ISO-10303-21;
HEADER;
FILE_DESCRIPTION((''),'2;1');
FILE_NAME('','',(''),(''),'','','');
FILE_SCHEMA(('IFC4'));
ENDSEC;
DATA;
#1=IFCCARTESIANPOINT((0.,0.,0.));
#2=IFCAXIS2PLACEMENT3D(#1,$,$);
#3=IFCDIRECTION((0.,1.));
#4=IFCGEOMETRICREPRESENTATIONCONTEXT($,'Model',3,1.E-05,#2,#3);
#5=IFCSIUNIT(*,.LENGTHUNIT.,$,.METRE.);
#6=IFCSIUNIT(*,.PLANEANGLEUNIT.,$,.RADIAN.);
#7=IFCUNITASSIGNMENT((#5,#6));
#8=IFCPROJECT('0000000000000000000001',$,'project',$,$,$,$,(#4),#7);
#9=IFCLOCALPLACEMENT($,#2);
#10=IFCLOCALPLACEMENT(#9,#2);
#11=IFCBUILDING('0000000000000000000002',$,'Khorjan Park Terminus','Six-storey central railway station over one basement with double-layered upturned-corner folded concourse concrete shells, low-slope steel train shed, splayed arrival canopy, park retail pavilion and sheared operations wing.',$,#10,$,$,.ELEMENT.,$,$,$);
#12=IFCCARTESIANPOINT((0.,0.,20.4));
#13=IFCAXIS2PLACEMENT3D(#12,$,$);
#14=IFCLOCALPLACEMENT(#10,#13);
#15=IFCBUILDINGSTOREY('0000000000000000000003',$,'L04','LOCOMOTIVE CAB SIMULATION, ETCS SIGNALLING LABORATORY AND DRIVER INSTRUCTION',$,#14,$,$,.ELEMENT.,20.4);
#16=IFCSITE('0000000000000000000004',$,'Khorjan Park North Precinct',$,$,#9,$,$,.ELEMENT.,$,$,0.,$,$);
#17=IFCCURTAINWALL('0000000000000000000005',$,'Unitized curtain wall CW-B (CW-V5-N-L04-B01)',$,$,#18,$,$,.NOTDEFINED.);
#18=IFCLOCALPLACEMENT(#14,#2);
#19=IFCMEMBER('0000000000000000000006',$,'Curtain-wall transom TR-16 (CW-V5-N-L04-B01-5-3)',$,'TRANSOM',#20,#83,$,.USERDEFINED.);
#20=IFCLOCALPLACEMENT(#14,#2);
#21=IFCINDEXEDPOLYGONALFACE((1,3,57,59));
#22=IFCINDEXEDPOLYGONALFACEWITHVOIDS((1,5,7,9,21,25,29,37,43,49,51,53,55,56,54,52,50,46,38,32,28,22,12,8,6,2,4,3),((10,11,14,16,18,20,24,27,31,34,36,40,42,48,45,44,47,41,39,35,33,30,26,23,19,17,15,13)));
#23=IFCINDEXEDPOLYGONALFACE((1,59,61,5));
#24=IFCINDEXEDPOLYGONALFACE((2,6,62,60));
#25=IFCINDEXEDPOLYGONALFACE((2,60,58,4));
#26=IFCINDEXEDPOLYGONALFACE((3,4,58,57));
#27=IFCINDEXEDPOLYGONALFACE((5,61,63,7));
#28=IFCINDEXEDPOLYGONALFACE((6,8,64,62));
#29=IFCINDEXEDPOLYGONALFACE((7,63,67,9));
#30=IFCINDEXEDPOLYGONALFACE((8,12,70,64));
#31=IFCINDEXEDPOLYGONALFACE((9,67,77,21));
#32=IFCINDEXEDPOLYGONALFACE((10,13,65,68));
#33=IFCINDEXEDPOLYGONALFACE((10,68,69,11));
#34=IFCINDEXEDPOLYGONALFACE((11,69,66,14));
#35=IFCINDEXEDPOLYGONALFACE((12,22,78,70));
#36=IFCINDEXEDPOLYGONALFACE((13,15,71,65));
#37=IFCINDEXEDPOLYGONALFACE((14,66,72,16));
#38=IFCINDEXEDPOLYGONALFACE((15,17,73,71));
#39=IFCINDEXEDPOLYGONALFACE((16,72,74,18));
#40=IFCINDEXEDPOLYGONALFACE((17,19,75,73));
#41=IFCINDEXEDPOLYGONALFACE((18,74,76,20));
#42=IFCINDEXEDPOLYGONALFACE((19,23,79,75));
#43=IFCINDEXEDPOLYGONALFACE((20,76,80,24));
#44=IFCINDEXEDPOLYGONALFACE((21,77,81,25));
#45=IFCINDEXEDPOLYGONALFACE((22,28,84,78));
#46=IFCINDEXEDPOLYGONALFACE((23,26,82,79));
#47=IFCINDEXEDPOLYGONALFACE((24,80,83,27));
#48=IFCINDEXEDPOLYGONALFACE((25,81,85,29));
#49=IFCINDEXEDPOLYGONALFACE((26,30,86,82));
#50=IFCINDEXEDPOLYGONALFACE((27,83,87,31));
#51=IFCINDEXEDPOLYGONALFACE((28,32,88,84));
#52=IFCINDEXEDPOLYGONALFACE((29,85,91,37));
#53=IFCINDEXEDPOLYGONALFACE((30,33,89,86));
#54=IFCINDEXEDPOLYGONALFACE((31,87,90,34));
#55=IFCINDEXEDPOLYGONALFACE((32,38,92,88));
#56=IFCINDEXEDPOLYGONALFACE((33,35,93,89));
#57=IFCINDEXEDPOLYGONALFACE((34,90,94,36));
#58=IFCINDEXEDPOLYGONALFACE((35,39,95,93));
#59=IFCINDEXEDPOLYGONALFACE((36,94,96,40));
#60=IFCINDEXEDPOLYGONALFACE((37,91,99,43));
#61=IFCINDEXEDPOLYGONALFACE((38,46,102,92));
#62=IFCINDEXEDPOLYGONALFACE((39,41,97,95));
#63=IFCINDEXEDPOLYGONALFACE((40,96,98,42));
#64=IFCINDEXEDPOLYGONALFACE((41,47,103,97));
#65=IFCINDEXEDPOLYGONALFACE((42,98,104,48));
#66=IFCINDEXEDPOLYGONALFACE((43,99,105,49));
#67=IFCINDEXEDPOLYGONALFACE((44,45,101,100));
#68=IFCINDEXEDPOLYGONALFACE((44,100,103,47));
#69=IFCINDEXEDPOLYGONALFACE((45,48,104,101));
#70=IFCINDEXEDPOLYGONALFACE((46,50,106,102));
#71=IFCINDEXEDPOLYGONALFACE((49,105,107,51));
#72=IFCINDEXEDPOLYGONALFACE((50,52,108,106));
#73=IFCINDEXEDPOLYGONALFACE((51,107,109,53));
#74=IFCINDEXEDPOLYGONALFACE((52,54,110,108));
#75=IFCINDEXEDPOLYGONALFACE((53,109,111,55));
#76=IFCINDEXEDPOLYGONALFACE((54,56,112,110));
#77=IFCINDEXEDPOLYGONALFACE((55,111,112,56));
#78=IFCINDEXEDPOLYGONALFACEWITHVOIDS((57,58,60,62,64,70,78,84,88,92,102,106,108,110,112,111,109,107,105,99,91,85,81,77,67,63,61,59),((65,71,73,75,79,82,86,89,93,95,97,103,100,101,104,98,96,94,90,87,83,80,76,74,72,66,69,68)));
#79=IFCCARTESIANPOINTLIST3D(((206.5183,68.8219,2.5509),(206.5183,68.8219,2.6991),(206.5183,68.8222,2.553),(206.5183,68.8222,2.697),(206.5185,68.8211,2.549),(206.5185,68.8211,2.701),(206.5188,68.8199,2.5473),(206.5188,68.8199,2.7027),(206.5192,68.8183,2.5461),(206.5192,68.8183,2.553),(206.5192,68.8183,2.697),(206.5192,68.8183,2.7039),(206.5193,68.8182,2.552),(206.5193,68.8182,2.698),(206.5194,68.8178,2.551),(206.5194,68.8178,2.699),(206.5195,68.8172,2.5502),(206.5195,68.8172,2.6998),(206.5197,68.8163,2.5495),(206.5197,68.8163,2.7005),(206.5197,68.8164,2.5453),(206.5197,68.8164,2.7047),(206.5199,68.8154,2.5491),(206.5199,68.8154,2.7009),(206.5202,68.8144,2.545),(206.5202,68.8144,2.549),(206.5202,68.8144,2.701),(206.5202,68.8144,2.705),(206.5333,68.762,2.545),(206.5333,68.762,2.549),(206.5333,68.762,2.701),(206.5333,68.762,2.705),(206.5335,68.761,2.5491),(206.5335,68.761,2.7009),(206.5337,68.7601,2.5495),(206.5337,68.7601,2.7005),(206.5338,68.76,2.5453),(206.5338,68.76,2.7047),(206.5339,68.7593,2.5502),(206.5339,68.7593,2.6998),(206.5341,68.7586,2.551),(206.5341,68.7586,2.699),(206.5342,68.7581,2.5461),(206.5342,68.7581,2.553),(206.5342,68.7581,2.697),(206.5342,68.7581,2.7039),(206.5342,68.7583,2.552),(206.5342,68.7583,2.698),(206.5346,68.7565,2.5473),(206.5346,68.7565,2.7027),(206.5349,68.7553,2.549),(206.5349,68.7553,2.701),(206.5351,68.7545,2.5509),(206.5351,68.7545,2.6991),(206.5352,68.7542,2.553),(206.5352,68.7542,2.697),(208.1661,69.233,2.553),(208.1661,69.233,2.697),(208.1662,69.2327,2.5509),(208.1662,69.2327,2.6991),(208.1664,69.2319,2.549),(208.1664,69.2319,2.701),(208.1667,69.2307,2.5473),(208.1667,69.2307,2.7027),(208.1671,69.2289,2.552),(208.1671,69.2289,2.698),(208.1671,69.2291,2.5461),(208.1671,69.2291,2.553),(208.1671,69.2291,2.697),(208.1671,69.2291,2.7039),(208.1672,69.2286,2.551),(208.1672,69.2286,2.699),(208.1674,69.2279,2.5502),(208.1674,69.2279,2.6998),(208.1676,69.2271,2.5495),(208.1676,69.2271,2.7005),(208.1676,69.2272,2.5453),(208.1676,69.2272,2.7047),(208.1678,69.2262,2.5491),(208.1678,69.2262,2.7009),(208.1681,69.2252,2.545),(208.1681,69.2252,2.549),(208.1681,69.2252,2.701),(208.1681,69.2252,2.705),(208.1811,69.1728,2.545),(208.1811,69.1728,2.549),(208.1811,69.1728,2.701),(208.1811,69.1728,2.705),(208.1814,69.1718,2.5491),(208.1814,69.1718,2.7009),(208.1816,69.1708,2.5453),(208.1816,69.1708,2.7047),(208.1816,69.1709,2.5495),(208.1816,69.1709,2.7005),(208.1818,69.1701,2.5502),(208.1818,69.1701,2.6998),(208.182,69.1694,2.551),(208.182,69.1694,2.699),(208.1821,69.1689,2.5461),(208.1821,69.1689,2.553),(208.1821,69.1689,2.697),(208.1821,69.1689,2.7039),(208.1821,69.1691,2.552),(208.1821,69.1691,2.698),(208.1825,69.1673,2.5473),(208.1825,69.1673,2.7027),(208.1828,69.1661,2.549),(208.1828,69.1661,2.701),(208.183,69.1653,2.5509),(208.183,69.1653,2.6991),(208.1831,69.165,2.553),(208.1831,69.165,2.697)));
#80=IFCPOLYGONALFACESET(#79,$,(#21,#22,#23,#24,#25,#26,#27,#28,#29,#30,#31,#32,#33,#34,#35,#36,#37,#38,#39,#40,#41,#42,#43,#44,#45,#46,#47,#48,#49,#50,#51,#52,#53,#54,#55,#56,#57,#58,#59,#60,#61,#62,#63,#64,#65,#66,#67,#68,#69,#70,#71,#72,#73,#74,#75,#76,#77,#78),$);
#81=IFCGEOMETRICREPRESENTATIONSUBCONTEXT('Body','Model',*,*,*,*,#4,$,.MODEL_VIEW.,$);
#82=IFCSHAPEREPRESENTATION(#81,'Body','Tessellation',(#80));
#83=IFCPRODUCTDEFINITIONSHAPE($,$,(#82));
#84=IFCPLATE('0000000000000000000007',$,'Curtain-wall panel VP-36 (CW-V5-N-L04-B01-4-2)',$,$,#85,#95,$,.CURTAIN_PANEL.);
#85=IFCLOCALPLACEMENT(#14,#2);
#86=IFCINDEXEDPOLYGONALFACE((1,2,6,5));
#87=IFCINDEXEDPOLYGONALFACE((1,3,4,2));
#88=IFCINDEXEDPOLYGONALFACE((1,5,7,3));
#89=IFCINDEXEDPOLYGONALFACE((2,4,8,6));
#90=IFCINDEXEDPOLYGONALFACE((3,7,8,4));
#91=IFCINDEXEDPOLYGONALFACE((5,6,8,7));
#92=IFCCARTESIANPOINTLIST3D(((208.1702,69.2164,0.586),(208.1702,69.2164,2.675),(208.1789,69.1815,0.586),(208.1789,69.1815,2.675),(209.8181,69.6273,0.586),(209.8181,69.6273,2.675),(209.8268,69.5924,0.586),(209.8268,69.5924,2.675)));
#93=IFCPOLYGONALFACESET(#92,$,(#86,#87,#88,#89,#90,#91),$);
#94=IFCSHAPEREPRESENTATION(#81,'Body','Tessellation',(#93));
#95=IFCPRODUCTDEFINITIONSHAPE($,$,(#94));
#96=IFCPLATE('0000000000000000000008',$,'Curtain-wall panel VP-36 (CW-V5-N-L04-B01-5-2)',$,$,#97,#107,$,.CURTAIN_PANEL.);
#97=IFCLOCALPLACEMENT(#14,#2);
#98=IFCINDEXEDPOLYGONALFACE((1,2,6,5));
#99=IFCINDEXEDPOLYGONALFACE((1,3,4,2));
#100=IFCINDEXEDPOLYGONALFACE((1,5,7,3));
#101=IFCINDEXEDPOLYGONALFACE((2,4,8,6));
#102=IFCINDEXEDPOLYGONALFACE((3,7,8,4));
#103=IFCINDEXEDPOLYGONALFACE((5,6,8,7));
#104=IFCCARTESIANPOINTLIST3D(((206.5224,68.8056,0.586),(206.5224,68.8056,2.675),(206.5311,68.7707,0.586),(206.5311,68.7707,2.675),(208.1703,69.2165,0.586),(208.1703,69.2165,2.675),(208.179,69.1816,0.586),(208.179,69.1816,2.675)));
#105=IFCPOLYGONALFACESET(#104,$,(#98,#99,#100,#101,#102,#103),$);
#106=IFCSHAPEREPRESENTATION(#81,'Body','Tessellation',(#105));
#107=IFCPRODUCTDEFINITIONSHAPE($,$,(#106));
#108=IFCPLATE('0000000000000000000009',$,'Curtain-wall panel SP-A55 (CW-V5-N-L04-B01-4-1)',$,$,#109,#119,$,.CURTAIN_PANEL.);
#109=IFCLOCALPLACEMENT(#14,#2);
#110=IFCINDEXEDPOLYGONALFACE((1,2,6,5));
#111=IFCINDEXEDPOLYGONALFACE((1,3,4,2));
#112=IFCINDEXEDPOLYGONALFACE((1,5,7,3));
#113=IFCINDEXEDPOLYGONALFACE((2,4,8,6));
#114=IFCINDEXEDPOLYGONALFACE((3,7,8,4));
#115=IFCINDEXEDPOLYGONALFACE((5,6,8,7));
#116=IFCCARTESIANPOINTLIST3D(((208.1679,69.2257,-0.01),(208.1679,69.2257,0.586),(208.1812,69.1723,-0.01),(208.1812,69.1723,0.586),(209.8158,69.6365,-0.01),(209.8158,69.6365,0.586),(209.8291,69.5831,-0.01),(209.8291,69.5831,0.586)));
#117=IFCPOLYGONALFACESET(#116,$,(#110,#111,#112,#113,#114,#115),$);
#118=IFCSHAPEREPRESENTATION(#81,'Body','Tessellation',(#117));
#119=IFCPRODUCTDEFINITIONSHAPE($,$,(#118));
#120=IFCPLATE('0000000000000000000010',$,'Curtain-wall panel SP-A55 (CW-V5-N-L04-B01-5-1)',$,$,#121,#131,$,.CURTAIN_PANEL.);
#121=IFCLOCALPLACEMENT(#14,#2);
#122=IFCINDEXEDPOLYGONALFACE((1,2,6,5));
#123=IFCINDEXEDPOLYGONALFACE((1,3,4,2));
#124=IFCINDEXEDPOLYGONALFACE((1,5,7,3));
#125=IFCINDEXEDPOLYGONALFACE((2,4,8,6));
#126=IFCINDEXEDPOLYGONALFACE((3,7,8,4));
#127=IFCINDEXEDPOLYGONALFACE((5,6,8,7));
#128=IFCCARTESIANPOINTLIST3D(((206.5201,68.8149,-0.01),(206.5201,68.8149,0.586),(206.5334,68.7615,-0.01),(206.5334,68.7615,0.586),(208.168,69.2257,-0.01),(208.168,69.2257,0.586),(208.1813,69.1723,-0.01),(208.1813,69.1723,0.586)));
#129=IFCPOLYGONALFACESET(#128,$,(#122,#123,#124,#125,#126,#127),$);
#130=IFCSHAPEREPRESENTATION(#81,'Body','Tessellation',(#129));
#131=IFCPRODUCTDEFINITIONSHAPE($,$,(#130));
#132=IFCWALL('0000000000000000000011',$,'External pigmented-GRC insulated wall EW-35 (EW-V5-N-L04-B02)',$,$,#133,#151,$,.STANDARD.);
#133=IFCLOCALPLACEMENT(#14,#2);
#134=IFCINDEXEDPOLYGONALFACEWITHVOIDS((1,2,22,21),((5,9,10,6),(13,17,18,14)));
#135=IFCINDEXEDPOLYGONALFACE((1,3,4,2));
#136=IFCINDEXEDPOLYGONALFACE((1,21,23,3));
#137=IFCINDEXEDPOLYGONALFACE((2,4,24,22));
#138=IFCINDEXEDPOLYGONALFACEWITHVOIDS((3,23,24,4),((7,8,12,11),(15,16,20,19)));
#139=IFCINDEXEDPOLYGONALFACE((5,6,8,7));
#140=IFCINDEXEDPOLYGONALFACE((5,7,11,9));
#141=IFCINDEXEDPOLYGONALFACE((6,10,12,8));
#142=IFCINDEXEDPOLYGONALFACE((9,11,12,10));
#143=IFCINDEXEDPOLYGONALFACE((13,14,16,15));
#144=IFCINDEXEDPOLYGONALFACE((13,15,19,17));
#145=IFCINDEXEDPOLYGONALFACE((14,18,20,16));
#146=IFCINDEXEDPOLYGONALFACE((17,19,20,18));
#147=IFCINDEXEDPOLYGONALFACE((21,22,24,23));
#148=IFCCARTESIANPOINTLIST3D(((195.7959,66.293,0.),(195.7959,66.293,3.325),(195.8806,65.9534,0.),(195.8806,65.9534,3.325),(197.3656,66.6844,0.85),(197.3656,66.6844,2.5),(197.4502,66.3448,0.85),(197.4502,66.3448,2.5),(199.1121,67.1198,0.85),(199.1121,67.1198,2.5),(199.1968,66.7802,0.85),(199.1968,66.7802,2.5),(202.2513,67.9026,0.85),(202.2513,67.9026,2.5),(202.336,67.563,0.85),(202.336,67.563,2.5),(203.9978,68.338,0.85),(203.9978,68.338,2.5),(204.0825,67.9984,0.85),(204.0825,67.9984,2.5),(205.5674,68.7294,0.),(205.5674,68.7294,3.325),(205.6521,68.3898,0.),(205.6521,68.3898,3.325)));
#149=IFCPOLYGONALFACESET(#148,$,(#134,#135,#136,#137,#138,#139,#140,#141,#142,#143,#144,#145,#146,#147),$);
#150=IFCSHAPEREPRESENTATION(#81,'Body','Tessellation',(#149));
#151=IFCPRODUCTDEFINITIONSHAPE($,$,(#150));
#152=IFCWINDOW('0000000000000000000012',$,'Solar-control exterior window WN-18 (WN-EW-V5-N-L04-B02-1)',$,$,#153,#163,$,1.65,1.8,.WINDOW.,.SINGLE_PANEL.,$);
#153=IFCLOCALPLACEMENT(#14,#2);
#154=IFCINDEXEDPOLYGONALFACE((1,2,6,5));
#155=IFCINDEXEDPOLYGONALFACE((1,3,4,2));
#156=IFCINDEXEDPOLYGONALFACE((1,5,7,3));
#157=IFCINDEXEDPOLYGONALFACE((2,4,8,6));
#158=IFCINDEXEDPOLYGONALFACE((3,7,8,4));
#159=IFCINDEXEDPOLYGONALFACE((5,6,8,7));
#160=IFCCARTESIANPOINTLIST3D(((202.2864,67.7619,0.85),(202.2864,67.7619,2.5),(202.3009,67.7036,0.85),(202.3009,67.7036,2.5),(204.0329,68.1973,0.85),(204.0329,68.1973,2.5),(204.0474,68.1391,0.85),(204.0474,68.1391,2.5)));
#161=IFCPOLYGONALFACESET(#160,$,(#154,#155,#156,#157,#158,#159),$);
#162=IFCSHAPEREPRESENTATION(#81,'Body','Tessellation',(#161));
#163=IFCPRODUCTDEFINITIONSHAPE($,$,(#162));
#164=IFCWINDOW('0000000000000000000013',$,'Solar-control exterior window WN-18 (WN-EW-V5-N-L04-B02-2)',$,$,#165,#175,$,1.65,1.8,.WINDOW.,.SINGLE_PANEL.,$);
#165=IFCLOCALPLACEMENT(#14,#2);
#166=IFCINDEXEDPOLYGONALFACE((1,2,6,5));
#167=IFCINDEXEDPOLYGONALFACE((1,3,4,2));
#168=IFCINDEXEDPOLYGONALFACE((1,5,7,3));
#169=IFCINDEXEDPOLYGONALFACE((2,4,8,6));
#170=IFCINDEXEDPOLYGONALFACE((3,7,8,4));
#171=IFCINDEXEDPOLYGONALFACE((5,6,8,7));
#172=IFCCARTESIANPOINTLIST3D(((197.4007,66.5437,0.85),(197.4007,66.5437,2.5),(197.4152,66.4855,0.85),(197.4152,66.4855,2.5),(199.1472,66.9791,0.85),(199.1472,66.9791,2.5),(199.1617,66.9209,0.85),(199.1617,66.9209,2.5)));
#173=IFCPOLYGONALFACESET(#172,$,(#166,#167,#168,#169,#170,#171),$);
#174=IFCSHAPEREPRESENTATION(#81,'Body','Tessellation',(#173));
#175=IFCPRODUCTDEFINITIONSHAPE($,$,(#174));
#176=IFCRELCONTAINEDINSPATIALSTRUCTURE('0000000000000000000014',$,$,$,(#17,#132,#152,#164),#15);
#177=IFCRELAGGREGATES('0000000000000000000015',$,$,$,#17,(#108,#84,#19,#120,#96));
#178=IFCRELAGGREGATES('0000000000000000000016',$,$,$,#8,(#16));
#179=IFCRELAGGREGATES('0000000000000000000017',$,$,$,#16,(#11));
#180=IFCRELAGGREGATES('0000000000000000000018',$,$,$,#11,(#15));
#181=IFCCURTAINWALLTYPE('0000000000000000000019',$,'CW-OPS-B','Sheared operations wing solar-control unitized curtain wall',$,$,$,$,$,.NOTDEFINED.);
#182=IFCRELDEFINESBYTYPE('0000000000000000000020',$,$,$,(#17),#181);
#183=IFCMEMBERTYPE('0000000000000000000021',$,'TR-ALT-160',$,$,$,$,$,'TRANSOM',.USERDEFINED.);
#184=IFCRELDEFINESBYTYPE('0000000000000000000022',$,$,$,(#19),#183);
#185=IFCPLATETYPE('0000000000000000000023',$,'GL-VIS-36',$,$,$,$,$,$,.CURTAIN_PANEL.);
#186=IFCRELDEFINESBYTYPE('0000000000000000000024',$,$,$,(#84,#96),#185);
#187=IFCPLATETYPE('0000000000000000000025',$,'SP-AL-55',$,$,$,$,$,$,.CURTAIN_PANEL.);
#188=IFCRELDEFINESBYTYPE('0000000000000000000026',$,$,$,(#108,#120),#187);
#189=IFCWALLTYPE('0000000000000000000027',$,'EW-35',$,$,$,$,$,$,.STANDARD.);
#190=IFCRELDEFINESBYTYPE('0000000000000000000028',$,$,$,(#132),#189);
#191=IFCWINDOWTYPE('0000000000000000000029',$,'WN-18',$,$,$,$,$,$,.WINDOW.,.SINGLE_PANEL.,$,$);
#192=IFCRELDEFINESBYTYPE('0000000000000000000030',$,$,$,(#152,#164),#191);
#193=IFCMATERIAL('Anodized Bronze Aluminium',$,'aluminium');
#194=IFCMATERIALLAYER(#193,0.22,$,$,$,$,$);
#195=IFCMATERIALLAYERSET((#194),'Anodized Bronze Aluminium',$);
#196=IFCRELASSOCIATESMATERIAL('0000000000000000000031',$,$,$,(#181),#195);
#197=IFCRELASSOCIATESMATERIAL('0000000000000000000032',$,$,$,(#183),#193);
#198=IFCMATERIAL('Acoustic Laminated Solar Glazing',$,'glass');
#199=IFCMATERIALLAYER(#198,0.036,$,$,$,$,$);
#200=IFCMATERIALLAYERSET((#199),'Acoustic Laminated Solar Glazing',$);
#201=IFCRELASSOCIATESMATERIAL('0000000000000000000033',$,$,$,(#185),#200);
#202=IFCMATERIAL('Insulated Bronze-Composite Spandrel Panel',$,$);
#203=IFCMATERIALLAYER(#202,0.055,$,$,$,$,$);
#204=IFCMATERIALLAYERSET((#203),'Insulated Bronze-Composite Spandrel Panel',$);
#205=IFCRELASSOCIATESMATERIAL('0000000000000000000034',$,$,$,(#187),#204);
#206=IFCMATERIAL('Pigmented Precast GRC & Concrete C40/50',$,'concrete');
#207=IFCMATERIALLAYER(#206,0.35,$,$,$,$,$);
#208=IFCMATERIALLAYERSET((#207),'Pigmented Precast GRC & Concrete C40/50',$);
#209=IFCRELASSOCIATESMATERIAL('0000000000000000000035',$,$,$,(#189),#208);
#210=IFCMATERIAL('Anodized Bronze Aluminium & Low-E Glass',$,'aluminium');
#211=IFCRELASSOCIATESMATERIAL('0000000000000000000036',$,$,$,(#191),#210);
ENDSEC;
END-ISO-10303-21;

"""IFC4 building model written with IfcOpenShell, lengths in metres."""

from ifc_helpers import new_model, si_unit, direction, frame, frame_2d, origin, origin_2d, place, context, subcontext, project, spatial, rectangle, hollow_rectangle, extrude, material, layer, layer_set, material_profile, profile_set, type_object, element, fill, aggregate, save


model = new_model("IFC4")

# Units and contexts
model_context = context("Model", 3, precision=1e-05, world=origin(), true_north=direction((0.0, 1.0)))
body_context = subcontext(model_context, "Body", "Model", "MODEL_VIEW")
ifc_project = project(units=[si_unit("LENGTHUNIT", "METRE"), si_unit("PLANEANGLEUNIT", "RADIAN")], contexts=[model_context])

# Site, building, storey
site_placement = place(None, origin())
site = spatial("IfcSite", under=ifc_project, at=site_placement, Name="Khorjan Park North Precinct", CompositionType="ELEMENT", RefElevation=0.0)
building_placement = place(site_placement, origin())
building = spatial("IfcBuilding", under=site, at=building_placement, Name="Khorjan Park Terminus", Description="Six-storey central railway station over one basement with double-layered upturned-corner folded concourse concrete shells, low-slope steel train shed, splayed arrival canopy, park retail pavilion and sheared operations wing.", CompositionType="ELEMENT")
storey_placement = place(building_placement, frame((0.0, 0.0, 20.4)))
storey = spatial("IfcBuildingStorey", under=building, at=storey_placement, Name="L04", Description="LOCOMOTIVE CAB SIMULATION, ETCS SIGNALLING LABORATORY AND DRIVER INSTRUCTION", CompositionType="ELEMENT", Elevation=20.4)

# Curtain wall, member, plates
ifc_material_1 = material(Name="Anodized Bronze Aluminium", Category="aluminium")
ifc_layer_1 = layer(ifc_material_1, 0.22)
ifc_layer_set_1 = layer_set([ifc_layer_1], Name="Anodized Bronze Aluminium")
curtain_wall_type = type_object("IfcCurtainWallType", Name="CW-OPS-B", Description="Sheared operations wing solar-control unitized curtain wall", PredefinedType="NOTDEFINED", material=ifc_layer_set_1)
curtain_wall_placement = place(storey_placement, origin())
curtain_wall = element("IfcCurtainWall", 1, at=curtain_wall_placement, inside=storey, type_object=curtain_wall_type, Name="Unitized curtain wall CW-B (CW-V5-N-L04-B01)", PredefinedType="NOTDEFINED")
ifc_material_profile_1 = material_profile(ifc_material_1, hollow_rectangle(XDim=0.07, YDim=0.16, WallThickness=0.004, InnerFilletRadius=0.004, OuterFilletRadius=0.008, at=origin_2d()), Name="ALT 70x160x4")
ifc_profile_set_1 = profile_set([ifc_material_profile_1], Name="Anodized Bronze Aluminium")
member_type_1 = type_object("IfcMemberType", Name="TR-ALT-160", ElementType="TRANSOM", PredefinedType="USERDEFINED", material=ifc_profile_set_1)
member_1_placement = place(storey_placement, frame((208.1746, 69.199, 2.625), z_axis=(-0.970305, -0.241884, 0.0), x_axis=(0.241884, -0.970305, 0.0)))
member_1 = element("IfcMember", 2, at=member_1_placement, type_object=member_type_1, Name="Curtain-wall transom TR-16 (CW-V5-N-L04-B01-5-3)", ObjectType="TRANSOM", PredefinedType="USERDEFINED", context=body_context, shape_type="SweptSolid", body=[
    extrude(hollow_rectangle(XDim=0.07, YDim=0.16, WallThickness=0.004, InnerFilletRadius=0.004, OuterFilletRadius=0.008, at=origin_2d()), origin(), (0.0, 0.0, 1.0), 1.6983),
])
ifc_material_2 = material(Name="Acoustic Laminated Solar Glazing", Category="glass")
ifc_layer_2 = layer(ifc_material_2, 0.036)
ifc_layer_set_2 = layer_set([ifc_layer_2], Name="Acoustic Laminated Solar Glazing")
plate_type_1 = type_object("IfcPlateType", Name="GL-VIS-36", PredefinedType="CURTAIN_PANEL", material=ifc_layer_set_2)
plate_1_placement = place(storey_placement, frame((208.9985, 69.4044, 0.586), z_axis=(0.0, 0.0, 1.0), x_axis=(-0.970296, -0.241919, 0.0)))
plate_1 = element("IfcPlate", 3, at=plate_1_placement, type_object=plate_type_1, Name="Curtain-wall panel VP-36 (CW-V5-N-L04-B01-4-2)", PredefinedType="CURTAIN_PANEL", context=body_context, shape_type="SweptSolid", body=[
    extrude(rectangle(XDim=1.6983, YDim=0.036, at=origin_2d()), origin(), (0.0, 0.0, 1.0), 2.089),
])
plate_2_placement = place(storey_placement, frame((207.3507, 68.9936, 0.586), z_axis=(0.0, 0.0, 1.0), x_axis=(-0.970296, -0.241919, 0.0)))
plate_2 = element("IfcPlate", 4, at=plate_2_placement, type_object=plate_type_1, Name="Curtain-wall panel VP-36 (CW-V5-N-L04-B01-5-2)", PredefinedType="CURTAIN_PANEL", context=body_context, shape_type="SweptSolid", body=[
    extrude(rectangle(XDim=1.6983, YDim=0.036, at=origin_2d()), origin(), (0.0, 0.0, 1.0), 2.089),
])
ifc_material_3 = material(Name="Insulated Bronze-Composite Spandrel Panel")
ifc_layer_3 = layer(ifc_material_3, 0.055)
ifc_layer_set_3 = layer_set([ifc_layer_3], Name="Insulated Bronze-Composite Spandrel Panel")
plate_type_2 = type_object("IfcPlateType", Name="SP-AL-55", PredefinedType="CURTAIN_PANEL", material=ifc_layer_set_3)
plate_3_placement = place(storey_placement, frame((208.9985, 69.4044, -0.01), z_axis=(0.0, 0.0, 1.0), x_axis=(-0.970296, -0.241919, 0.0)))
plate_3 = element("IfcPlate", 5, at=plate_3_placement, type_object=plate_type_2, Name="Curtain-wall panel SP-A55 (CW-V5-N-L04-B01-4-1)", PredefinedType="CURTAIN_PANEL", context=body_context, shape_type="SweptSolid", body=[
    extrude(rectangle(XDim=1.6983, YDim=0.055, at=origin_2d()), origin(), (0.0, 0.0, 1.0), 0.596),
])
plate_4_placement = place(storey_placement, frame((207.3507, 68.9936, -0.01), z_axis=(0.0, 0.0, 1.0), x_axis=(-0.970296, -0.241919, 0.0)))
plate_4 = element("IfcPlate", 6, at=plate_4_placement, type_object=plate_type_2, Name="Curtain-wall panel SP-A55 (CW-V5-N-L04-B01-5-1)", PredefinedType="CURTAIN_PANEL", context=body_context, shape_type="SweptSolid", body=[
    extrude(rectangle(XDim=1.6983, YDim=0.055, at=origin_2d()), origin(), (0.0, 0.0, 1.0), 0.596),
])
aggregate(curtain_wall, [plate_3, plate_1, member_1, plate_4, plate_2])

# Wall, openings, windows
ifc_material_4 = material(Name="Pigmented Precast GRC & Concrete C40/50", Category="concrete")
ifc_layer_4 = layer(ifc_material_4, 0.35)
ifc_layer_set_4 = layer_set([ifc_layer_4], Name="Pigmented Precast GRC & Concrete C40/50")
wall_type = type_object("IfcWallType", Name="EW-35", PredefinedType="STANDARD", material=ifc_layer_set_4)
wall_placement = place(storey_placement, frame((205.6098, 68.5596, 0.0), z_axis=(0.0, 0.0, 1.0), x_axis=(-0.970294, -0.24193, 0.0)))
wall = element("IfcWall", 7, at=wall_placement, inside=storey, type_object=wall_type, Name="External pigmented-GRC insulated wall EW-35 (EW-V5-N-L04-B02)", PredefinedType="STANDARD", context=body_context, shape_type="SweptSolid", body=[
    extrude(rectangle(XDim=10.0707, YDim=0.35, at=frame_2d((5.0354, 0.0))), origin(), (0.0, 0.0, 1.0), 3.325),
])
opening_1_placement = place(wall_placement, frame((1.6177, 0.0, 0.85)))
opening_1 = element("IfcOpeningElement", 8, at=opening_1_placement, cuts=wall, PredefinedType="OPENING", context=body_context, shape_type="SweptSolid", body=[
    extrude(rectangle(XDim=1.8, YDim=1.65, at=frame_2d((0.9, 0.825))), frame((0.0, 0.185, 0.0), z_axis=(0.0, -1.0, 0.0), x_axis=(1.0, 0.0, 0.0)), (0.0, 0.0, 1.0), 0.37),
])
opening_2_placement = place(wall_placement, frame((6.653, 0.0, 0.85)))
opening_2 = element("IfcOpeningElement", 9, at=opening_2_placement, cuts=wall, PredefinedType="OPENING", context=body_context, shape_type="SweptSolid", body=[
    extrude(rectangle(XDim=1.8, YDim=1.65, at=frame_2d((0.9, 0.825))), frame((0.0, 0.185, 0.0), z_axis=(0.0, -1.0, 0.0), x_axis=(1.0, 0.0, 0.0)), (0.0, 0.0, 1.0), 0.37),
])
ifc_material_5 = material(Name="Anodized Bronze Aluminium & Low-E Glass", Category="aluminium")
window_type = type_object("IfcWindowType", Name="WN-18", PartitioningType="SINGLE_PANEL", PredefinedType="WINDOW", material=ifc_material_5)
window_1_placement = place(opening_1_placement, origin())
window_1 = element("IfcWindow", 10, at=window_1_placement, inside=storey, type_object=window_type, Name="Solar-control exterior window WN-18 (WN-EW-V5-N-L04-B02-1)", OverallHeight=1.65, OverallWidth=1.8, PartitioningType="SINGLE_PANEL", PredefinedType="WINDOW", context=body_context, shape_type="SweptSolid", body=[
    extrude(rectangle(XDim=1.8, YDim=1.65, at=frame_2d((0.9, 0.825))), frame((0.0, 0.03, 0.0), z_axis=(0.0, -1.0, 0.0), x_axis=(1.0, 0.0, 0.0)), (0.0, 0.0, 1.0), 0.06),
])
fill(opening_1, window_1)
window_2_placement = place(opening_2_placement, origin())
window_2 = element("IfcWindow", 11, at=window_2_placement, inside=storey, type_object=window_type, Name="Solar-control exterior window WN-18 (WN-EW-V5-N-L04-B02-2)", OverallHeight=1.65, OverallWidth=1.8, PartitioningType="SINGLE_PANEL", PredefinedType="WINDOW", context=body_context, shape_type="SweptSolid", body=[
    extrude(rectangle(XDim=1.8, YDim=1.65, at=frame_2d((0.9, 0.825))), frame((0.0, 0.03, 0.0), z_axis=(0.0, -1.0, 0.0), x_axis=(1.0, 0.0, 0.0)), (0.0, 0.0, 1.0), 0.06),
])
fill(opening_2, window_2)

save(model, "model.ifc")
